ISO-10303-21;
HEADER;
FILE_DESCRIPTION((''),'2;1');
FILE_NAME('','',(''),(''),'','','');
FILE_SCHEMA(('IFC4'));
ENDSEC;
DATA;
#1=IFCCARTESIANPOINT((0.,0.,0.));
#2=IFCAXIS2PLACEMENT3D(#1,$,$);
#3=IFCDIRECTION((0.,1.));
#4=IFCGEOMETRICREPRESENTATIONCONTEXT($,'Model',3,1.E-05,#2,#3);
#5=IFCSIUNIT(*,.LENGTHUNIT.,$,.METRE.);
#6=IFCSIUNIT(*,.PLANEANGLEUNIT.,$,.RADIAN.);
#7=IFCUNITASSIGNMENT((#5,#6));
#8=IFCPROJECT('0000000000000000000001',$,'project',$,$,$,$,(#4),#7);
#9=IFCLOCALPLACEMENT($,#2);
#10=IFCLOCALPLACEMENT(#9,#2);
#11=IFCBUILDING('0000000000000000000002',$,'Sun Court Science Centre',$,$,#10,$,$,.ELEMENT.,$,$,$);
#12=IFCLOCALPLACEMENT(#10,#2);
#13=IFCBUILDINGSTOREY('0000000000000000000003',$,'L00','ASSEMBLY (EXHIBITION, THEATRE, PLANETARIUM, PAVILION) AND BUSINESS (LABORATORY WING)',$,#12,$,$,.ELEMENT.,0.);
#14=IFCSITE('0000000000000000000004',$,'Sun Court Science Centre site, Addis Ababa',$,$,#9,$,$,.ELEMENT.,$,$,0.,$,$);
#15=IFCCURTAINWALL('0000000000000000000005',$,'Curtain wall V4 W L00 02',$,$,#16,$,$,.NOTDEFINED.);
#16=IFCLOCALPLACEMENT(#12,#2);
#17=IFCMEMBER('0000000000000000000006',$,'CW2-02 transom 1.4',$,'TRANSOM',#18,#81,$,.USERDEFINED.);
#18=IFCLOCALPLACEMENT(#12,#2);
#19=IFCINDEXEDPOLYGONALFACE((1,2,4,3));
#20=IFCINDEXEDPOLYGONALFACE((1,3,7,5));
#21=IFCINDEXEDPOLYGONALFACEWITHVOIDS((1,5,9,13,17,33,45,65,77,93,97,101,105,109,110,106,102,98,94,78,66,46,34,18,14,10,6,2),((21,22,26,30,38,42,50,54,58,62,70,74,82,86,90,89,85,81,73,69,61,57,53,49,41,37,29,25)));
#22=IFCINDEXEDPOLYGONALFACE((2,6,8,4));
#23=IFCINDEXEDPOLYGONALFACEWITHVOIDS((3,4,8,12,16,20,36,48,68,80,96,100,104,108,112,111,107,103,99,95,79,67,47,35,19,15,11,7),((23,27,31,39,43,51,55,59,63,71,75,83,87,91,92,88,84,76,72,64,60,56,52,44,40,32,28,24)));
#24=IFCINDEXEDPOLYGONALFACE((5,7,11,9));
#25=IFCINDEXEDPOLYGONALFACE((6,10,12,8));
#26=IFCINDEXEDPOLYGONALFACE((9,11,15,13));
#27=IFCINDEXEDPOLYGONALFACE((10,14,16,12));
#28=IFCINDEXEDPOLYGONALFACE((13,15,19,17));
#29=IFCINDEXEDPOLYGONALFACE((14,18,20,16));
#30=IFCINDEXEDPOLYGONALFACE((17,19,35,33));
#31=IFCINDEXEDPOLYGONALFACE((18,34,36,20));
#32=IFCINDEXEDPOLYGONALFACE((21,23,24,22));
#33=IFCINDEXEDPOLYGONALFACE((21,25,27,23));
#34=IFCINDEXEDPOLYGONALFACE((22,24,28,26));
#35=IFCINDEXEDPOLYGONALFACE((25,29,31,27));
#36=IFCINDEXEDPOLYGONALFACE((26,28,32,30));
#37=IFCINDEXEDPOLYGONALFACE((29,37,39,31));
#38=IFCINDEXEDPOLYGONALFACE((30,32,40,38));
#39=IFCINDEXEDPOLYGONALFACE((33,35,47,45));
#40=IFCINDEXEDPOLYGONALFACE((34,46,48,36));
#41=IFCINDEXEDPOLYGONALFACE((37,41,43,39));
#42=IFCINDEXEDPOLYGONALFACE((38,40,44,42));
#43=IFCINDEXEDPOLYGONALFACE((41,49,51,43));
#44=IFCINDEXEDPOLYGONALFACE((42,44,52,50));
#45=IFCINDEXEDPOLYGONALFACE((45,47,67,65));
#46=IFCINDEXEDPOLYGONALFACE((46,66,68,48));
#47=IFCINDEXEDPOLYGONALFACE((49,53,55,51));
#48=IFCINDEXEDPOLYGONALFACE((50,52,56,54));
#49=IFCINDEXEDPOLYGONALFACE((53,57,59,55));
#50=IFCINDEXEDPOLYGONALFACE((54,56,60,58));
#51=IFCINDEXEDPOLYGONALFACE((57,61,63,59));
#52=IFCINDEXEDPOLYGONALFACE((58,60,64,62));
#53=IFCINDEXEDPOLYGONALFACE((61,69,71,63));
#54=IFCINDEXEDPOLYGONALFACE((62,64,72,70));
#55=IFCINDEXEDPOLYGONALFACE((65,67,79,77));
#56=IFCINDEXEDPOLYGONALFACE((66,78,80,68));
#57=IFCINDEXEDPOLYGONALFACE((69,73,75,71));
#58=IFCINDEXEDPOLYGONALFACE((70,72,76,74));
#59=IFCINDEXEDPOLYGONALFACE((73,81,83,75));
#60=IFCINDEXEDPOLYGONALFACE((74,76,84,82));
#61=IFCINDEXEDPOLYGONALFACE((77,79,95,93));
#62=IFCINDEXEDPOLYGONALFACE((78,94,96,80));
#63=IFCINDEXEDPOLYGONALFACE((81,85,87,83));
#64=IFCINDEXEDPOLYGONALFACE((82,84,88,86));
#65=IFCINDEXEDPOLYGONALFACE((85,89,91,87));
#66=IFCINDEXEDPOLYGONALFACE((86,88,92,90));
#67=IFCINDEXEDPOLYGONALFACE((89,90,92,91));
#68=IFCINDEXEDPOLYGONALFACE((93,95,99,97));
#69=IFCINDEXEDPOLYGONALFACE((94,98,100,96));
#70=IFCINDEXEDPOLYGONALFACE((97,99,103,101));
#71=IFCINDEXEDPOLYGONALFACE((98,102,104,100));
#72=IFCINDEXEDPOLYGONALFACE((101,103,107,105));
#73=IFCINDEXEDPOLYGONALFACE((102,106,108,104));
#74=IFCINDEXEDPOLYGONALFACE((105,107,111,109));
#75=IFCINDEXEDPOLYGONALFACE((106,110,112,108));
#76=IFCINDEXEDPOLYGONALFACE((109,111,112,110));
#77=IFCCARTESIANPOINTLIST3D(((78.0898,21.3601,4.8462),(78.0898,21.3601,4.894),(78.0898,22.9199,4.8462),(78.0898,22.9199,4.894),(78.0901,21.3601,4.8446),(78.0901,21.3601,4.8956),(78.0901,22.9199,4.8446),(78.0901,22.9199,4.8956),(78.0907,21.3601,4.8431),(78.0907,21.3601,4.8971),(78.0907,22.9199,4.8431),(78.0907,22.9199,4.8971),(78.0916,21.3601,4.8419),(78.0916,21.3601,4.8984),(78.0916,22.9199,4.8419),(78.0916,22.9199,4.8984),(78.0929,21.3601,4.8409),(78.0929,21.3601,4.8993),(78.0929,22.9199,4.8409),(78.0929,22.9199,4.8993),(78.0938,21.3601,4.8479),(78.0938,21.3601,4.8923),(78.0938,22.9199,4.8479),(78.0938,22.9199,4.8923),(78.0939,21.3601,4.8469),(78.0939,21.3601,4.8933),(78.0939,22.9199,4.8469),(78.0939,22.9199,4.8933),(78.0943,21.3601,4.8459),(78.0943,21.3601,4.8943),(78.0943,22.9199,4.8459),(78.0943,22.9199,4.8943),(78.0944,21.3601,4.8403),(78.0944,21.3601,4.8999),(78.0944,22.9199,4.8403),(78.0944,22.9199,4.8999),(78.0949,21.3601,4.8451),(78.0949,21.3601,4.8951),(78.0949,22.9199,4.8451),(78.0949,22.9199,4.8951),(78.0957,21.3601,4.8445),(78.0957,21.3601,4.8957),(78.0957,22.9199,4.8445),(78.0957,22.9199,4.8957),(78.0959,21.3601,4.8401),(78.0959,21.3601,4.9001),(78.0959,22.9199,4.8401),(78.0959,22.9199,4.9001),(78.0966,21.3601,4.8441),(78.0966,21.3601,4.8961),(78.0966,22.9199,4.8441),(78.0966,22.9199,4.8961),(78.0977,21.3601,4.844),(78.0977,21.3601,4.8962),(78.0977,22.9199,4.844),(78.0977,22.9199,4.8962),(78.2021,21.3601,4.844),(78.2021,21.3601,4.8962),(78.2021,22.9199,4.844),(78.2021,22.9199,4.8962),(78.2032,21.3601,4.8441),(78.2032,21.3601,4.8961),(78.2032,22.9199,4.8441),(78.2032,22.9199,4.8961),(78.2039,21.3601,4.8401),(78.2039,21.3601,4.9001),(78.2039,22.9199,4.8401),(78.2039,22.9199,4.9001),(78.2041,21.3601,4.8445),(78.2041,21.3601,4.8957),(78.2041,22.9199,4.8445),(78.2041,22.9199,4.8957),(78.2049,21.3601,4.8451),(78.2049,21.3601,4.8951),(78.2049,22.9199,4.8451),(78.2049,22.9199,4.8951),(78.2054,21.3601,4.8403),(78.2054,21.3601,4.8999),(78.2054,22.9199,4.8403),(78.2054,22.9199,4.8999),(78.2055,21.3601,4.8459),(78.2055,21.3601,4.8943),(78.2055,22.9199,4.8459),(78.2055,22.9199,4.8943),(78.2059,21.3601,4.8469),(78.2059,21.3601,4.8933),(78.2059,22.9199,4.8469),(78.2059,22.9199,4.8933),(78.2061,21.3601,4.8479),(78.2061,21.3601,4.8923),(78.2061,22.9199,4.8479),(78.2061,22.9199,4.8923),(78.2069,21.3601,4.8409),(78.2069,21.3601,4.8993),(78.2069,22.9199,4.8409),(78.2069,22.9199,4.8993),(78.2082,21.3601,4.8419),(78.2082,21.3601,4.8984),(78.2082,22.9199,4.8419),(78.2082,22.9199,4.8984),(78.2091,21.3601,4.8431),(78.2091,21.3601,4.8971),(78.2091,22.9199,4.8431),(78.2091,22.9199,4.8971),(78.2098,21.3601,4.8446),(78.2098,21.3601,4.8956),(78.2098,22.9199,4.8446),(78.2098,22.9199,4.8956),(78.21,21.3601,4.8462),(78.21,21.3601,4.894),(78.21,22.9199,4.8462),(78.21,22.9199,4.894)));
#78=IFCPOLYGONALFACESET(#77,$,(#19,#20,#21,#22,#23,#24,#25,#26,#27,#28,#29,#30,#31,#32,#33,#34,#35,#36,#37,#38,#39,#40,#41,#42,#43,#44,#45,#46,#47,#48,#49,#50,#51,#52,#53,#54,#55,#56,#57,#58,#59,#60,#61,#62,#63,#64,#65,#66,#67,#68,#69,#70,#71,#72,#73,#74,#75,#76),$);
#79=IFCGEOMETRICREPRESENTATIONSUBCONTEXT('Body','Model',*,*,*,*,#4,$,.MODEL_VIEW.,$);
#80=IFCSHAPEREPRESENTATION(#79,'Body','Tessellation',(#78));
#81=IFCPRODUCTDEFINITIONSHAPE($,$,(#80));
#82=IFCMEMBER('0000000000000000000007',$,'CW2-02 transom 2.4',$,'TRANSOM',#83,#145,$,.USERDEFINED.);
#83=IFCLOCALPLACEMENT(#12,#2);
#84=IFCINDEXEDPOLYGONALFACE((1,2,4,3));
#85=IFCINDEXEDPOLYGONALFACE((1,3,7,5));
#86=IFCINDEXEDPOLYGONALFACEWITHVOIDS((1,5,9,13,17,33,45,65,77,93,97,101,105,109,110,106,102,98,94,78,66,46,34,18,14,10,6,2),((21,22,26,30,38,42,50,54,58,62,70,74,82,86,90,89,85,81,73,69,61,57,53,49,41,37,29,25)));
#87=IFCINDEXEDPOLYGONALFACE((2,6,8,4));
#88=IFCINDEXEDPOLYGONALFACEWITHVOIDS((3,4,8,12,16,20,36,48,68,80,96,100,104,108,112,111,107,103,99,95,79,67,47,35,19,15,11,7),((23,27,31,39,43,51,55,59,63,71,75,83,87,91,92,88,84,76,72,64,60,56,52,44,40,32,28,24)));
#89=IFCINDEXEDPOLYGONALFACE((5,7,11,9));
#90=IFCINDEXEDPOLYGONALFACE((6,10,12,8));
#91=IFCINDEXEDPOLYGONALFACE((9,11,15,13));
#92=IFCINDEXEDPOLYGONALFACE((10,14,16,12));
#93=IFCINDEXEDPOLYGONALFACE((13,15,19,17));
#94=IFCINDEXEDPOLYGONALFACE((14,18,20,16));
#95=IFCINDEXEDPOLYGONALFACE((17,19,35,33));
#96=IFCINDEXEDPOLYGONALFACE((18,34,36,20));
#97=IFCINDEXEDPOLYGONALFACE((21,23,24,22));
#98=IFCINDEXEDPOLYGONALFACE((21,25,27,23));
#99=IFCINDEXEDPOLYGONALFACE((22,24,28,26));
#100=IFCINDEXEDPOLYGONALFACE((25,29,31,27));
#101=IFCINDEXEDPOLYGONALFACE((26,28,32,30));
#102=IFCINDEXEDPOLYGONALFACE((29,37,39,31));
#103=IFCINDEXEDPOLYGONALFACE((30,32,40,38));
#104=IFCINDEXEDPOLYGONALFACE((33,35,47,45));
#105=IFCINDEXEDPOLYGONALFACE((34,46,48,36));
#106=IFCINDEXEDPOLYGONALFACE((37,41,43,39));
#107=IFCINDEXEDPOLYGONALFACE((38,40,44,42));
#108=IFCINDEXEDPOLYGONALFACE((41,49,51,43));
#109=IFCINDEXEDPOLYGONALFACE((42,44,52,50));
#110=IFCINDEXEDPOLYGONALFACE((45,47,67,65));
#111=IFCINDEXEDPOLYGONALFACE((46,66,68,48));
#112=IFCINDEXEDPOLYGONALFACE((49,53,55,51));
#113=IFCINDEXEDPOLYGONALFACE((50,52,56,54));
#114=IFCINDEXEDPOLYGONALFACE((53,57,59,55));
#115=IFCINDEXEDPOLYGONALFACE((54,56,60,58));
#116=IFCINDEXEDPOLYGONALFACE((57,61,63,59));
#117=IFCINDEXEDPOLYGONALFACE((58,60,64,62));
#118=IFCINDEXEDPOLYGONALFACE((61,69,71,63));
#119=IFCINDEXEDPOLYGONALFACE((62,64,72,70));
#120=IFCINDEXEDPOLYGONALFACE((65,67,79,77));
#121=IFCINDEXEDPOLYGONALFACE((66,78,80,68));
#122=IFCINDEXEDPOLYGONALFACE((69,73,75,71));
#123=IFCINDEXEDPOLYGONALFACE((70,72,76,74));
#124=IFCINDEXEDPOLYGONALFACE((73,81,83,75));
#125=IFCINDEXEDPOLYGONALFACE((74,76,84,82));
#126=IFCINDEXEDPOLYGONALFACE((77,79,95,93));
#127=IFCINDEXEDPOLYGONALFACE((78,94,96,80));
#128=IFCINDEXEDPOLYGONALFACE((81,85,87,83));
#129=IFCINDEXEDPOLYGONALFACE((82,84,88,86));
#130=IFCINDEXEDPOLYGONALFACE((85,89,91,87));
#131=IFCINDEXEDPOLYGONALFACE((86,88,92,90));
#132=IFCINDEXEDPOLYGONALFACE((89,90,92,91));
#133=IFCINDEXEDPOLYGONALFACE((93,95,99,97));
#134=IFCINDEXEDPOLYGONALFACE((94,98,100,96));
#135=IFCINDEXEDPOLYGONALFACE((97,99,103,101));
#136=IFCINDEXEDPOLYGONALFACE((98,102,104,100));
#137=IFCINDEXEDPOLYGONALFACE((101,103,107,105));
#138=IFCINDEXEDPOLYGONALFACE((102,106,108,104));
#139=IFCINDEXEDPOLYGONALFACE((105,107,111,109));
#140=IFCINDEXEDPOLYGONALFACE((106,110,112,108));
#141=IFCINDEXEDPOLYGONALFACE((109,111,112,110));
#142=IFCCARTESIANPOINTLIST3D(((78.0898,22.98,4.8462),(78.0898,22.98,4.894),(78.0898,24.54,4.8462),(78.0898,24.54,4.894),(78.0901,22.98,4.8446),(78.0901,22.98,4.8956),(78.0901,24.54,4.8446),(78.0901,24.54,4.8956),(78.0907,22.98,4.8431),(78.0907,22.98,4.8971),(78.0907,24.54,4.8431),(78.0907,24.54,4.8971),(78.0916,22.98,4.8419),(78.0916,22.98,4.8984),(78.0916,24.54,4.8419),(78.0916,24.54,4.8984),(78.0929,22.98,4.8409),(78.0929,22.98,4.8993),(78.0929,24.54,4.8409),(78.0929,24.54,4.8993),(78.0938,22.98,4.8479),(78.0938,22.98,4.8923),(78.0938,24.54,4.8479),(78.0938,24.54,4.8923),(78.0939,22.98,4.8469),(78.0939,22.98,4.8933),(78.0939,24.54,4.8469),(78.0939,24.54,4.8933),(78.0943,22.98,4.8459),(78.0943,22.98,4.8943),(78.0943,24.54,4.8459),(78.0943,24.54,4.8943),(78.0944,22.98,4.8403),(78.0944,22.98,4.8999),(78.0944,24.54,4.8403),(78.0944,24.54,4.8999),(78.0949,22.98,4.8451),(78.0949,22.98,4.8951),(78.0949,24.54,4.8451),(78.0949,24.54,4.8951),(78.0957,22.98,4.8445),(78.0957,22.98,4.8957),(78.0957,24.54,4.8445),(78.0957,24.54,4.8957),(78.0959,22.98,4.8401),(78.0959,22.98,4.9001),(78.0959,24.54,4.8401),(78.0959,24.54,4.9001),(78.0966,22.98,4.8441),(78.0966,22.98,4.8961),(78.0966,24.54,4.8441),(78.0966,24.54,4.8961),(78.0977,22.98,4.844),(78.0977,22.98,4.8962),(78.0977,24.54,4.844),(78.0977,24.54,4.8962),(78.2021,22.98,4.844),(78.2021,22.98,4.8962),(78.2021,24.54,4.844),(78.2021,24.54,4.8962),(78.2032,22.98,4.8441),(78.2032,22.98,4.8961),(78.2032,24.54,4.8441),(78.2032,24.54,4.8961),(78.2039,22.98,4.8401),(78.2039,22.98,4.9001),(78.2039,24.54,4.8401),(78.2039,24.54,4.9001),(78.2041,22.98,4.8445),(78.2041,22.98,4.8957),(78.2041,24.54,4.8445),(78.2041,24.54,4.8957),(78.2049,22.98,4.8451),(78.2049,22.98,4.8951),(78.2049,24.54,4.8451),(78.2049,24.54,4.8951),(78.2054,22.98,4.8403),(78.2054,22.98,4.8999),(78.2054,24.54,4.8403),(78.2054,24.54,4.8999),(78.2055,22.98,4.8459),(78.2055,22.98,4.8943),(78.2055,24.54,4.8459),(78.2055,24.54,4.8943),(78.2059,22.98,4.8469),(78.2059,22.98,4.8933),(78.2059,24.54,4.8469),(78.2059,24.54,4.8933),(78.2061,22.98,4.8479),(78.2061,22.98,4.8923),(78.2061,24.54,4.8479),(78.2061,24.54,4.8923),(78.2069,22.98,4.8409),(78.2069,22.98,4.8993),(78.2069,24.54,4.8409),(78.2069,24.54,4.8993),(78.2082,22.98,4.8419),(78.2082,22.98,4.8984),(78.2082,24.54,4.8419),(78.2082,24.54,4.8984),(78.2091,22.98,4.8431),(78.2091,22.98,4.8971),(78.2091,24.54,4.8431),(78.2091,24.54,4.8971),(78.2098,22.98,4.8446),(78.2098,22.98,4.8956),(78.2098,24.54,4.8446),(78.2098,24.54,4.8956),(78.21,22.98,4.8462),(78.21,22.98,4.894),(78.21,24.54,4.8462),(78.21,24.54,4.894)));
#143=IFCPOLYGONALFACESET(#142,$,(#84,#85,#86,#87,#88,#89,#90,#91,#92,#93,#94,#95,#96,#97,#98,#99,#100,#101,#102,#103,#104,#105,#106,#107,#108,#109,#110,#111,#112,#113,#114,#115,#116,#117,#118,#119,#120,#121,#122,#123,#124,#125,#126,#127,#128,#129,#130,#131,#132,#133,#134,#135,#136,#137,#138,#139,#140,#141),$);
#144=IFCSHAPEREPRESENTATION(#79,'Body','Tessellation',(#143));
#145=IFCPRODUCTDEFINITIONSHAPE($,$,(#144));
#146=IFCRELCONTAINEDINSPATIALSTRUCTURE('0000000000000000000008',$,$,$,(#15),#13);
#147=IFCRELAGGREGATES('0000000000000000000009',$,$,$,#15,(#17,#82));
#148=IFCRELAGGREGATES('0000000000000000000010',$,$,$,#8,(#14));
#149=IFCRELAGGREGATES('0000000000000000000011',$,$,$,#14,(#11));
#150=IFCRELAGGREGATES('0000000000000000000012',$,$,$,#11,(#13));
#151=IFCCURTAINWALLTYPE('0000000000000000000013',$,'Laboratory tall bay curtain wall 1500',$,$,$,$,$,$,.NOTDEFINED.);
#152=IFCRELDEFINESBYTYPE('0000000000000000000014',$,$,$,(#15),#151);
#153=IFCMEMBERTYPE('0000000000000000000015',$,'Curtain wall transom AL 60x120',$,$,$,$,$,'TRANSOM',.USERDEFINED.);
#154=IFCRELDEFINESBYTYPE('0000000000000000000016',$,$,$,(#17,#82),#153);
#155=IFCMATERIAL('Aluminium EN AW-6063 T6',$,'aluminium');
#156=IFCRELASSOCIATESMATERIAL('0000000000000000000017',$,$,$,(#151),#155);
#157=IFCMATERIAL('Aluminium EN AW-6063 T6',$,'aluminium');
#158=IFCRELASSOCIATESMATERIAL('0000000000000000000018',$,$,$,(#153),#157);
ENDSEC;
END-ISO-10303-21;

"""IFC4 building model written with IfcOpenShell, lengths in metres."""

from ifc_helpers import new_model, si_unit, direction, frame, origin, origin_2d, place, context, subcontext, project, spatial, hollow_rectangle, extrude, material, material_profile, profile_set, type_object, element, aggregate, save


model = new_model("IFC4")

# Units and contexts
model_context = context("Model", 3, precision=1e-05, world=origin(), true_north=direction((0.0, 1.0)))
body_context = subcontext(model_context, "Body", "Model", "MODEL_VIEW")
ifc_project = project(units=[si_unit("LENGTHUNIT", "METRE"), si_unit("PLANEANGLEUNIT", "RADIAN")], contexts=[model_context])

# Site, building, storey
site_placement = place(None, origin())
site = spatial("IfcSite", under=ifc_project, at=site_placement, Name="Sun Court Science Centre site, Addis Ababa", CompositionType="ELEMENT", RefElevation=0.0)
building_placement = place(site_placement, origin())
building = spatial("IfcBuilding", under=site, at=building_placement, Name="Sun Court Science Centre", CompositionType="ELEMENT")
storey_placement = place(building_placement, origin())
storey = spatial("IfcBuildingStorey", under=building, at=storey_placement, Name="L00", Description="ASSEMBLY (EXHIBITION, THEATRE, PLANETARIUM, PAVILION) AND BUSINESS (LABORATORY WING)", CompositionType="ELEMENT", Elevation=0.0)

# Shared definitions
ifc_material_1 = material(Name="Aluminium EN AW-6063 T6", Category="aluminium")
curtain_wall_type = type_object("IfcCurtainWallType", Name="Laboratory tall bay curtain wall 1500", PredefinedType="NOTDEFINED", material=ifc_material_1)

# Curtain wall
curtain_wall_1_placement = place(storey_placement, origin())
curtain_wall_1 = element("IfcCurtainWall", 1, at=curtain_wall_1_placement, inside=storey, type_object=curtain_wall_type, Name="Curtain wall V4 W L00 02", PredefinedType="NOTDEFINED")

# Members
ifc_material_2 = material(Name="Aluminium EN AW-6063 T6", Category="aluminium")
ifc_material_profile_1 = material_profile(ifc_material_2, hollow_rectangle(XDim=0.0601, YDim=0.1201, WallThickness=0.0039, InnerFilletRadius=0.0039, OuterFilletRadius=0.0061, at=origin_2d()), Name="AL 60x120x4")
ifc_profile_set_1 = profile_set([ifc_material_profile_1], Name="Aluminium EN AW-6063 T6")
member_type_1 = type_object("IfcMemberType", Name="Curtain wall transom AL 60x120", ElementType="TRANSOM", PredefinedType="USERDEFINED", material=ifc_profile_set_1)
member_1_placement = place(storey_placement, frame((78.1499, 21.3601, 4.8701), z_axis=(0.0, 1.0, 0.0), x_axis=(0.0, 0.0, 1.0)))
member_1 = element("IfcMember", 2, at=member_1_placement, type_object=member_type_1, Name="CW2-02 transom 1.4", ObjectType="TRANSOM", PredefinedType="USERDEFINED", context=body_context, shape_type="SweptSolid", body=[
    extrude(hollow_rectangle(XDim=0.0601, YDim=0.1201, WallThickness=0.0039, InnerFilletRadius=0.0039, OuterFilletRadius=0.0061, at=origin_2d()), origin(), (0.0, 0.0, 1.0), 1.5598),
])
member_2_placement = place(storey_placement, frame((78.1499, 22.98, 4.8701), z_axis=(0.0, 1.0, 0.0), x_axis=(0.0, 0.0, 1.0)))
member_2 = element("IfcMember", 3, at=member_2_placement, type_object=member_type_1, Name="CW2-02 transom 2.4", ObjectType="TRANSOM", PredefinedType="USERDEFINED", context=body_context, shape_type="SweptSolid", body=[
    extrude(hollow_rectangle(XDim=0.0601, YDim=0.1201, WallThickness=0.0039, InnerFilletRadius=0.0039, OuterFilletRadius=0.0061, at=origin_2d()), origin(), (0.0, 0.0, 1.0), 1.5601),
])

aggregate(curtain_wall_1, [member_1, member_2])

save(model, "model.ifc")
